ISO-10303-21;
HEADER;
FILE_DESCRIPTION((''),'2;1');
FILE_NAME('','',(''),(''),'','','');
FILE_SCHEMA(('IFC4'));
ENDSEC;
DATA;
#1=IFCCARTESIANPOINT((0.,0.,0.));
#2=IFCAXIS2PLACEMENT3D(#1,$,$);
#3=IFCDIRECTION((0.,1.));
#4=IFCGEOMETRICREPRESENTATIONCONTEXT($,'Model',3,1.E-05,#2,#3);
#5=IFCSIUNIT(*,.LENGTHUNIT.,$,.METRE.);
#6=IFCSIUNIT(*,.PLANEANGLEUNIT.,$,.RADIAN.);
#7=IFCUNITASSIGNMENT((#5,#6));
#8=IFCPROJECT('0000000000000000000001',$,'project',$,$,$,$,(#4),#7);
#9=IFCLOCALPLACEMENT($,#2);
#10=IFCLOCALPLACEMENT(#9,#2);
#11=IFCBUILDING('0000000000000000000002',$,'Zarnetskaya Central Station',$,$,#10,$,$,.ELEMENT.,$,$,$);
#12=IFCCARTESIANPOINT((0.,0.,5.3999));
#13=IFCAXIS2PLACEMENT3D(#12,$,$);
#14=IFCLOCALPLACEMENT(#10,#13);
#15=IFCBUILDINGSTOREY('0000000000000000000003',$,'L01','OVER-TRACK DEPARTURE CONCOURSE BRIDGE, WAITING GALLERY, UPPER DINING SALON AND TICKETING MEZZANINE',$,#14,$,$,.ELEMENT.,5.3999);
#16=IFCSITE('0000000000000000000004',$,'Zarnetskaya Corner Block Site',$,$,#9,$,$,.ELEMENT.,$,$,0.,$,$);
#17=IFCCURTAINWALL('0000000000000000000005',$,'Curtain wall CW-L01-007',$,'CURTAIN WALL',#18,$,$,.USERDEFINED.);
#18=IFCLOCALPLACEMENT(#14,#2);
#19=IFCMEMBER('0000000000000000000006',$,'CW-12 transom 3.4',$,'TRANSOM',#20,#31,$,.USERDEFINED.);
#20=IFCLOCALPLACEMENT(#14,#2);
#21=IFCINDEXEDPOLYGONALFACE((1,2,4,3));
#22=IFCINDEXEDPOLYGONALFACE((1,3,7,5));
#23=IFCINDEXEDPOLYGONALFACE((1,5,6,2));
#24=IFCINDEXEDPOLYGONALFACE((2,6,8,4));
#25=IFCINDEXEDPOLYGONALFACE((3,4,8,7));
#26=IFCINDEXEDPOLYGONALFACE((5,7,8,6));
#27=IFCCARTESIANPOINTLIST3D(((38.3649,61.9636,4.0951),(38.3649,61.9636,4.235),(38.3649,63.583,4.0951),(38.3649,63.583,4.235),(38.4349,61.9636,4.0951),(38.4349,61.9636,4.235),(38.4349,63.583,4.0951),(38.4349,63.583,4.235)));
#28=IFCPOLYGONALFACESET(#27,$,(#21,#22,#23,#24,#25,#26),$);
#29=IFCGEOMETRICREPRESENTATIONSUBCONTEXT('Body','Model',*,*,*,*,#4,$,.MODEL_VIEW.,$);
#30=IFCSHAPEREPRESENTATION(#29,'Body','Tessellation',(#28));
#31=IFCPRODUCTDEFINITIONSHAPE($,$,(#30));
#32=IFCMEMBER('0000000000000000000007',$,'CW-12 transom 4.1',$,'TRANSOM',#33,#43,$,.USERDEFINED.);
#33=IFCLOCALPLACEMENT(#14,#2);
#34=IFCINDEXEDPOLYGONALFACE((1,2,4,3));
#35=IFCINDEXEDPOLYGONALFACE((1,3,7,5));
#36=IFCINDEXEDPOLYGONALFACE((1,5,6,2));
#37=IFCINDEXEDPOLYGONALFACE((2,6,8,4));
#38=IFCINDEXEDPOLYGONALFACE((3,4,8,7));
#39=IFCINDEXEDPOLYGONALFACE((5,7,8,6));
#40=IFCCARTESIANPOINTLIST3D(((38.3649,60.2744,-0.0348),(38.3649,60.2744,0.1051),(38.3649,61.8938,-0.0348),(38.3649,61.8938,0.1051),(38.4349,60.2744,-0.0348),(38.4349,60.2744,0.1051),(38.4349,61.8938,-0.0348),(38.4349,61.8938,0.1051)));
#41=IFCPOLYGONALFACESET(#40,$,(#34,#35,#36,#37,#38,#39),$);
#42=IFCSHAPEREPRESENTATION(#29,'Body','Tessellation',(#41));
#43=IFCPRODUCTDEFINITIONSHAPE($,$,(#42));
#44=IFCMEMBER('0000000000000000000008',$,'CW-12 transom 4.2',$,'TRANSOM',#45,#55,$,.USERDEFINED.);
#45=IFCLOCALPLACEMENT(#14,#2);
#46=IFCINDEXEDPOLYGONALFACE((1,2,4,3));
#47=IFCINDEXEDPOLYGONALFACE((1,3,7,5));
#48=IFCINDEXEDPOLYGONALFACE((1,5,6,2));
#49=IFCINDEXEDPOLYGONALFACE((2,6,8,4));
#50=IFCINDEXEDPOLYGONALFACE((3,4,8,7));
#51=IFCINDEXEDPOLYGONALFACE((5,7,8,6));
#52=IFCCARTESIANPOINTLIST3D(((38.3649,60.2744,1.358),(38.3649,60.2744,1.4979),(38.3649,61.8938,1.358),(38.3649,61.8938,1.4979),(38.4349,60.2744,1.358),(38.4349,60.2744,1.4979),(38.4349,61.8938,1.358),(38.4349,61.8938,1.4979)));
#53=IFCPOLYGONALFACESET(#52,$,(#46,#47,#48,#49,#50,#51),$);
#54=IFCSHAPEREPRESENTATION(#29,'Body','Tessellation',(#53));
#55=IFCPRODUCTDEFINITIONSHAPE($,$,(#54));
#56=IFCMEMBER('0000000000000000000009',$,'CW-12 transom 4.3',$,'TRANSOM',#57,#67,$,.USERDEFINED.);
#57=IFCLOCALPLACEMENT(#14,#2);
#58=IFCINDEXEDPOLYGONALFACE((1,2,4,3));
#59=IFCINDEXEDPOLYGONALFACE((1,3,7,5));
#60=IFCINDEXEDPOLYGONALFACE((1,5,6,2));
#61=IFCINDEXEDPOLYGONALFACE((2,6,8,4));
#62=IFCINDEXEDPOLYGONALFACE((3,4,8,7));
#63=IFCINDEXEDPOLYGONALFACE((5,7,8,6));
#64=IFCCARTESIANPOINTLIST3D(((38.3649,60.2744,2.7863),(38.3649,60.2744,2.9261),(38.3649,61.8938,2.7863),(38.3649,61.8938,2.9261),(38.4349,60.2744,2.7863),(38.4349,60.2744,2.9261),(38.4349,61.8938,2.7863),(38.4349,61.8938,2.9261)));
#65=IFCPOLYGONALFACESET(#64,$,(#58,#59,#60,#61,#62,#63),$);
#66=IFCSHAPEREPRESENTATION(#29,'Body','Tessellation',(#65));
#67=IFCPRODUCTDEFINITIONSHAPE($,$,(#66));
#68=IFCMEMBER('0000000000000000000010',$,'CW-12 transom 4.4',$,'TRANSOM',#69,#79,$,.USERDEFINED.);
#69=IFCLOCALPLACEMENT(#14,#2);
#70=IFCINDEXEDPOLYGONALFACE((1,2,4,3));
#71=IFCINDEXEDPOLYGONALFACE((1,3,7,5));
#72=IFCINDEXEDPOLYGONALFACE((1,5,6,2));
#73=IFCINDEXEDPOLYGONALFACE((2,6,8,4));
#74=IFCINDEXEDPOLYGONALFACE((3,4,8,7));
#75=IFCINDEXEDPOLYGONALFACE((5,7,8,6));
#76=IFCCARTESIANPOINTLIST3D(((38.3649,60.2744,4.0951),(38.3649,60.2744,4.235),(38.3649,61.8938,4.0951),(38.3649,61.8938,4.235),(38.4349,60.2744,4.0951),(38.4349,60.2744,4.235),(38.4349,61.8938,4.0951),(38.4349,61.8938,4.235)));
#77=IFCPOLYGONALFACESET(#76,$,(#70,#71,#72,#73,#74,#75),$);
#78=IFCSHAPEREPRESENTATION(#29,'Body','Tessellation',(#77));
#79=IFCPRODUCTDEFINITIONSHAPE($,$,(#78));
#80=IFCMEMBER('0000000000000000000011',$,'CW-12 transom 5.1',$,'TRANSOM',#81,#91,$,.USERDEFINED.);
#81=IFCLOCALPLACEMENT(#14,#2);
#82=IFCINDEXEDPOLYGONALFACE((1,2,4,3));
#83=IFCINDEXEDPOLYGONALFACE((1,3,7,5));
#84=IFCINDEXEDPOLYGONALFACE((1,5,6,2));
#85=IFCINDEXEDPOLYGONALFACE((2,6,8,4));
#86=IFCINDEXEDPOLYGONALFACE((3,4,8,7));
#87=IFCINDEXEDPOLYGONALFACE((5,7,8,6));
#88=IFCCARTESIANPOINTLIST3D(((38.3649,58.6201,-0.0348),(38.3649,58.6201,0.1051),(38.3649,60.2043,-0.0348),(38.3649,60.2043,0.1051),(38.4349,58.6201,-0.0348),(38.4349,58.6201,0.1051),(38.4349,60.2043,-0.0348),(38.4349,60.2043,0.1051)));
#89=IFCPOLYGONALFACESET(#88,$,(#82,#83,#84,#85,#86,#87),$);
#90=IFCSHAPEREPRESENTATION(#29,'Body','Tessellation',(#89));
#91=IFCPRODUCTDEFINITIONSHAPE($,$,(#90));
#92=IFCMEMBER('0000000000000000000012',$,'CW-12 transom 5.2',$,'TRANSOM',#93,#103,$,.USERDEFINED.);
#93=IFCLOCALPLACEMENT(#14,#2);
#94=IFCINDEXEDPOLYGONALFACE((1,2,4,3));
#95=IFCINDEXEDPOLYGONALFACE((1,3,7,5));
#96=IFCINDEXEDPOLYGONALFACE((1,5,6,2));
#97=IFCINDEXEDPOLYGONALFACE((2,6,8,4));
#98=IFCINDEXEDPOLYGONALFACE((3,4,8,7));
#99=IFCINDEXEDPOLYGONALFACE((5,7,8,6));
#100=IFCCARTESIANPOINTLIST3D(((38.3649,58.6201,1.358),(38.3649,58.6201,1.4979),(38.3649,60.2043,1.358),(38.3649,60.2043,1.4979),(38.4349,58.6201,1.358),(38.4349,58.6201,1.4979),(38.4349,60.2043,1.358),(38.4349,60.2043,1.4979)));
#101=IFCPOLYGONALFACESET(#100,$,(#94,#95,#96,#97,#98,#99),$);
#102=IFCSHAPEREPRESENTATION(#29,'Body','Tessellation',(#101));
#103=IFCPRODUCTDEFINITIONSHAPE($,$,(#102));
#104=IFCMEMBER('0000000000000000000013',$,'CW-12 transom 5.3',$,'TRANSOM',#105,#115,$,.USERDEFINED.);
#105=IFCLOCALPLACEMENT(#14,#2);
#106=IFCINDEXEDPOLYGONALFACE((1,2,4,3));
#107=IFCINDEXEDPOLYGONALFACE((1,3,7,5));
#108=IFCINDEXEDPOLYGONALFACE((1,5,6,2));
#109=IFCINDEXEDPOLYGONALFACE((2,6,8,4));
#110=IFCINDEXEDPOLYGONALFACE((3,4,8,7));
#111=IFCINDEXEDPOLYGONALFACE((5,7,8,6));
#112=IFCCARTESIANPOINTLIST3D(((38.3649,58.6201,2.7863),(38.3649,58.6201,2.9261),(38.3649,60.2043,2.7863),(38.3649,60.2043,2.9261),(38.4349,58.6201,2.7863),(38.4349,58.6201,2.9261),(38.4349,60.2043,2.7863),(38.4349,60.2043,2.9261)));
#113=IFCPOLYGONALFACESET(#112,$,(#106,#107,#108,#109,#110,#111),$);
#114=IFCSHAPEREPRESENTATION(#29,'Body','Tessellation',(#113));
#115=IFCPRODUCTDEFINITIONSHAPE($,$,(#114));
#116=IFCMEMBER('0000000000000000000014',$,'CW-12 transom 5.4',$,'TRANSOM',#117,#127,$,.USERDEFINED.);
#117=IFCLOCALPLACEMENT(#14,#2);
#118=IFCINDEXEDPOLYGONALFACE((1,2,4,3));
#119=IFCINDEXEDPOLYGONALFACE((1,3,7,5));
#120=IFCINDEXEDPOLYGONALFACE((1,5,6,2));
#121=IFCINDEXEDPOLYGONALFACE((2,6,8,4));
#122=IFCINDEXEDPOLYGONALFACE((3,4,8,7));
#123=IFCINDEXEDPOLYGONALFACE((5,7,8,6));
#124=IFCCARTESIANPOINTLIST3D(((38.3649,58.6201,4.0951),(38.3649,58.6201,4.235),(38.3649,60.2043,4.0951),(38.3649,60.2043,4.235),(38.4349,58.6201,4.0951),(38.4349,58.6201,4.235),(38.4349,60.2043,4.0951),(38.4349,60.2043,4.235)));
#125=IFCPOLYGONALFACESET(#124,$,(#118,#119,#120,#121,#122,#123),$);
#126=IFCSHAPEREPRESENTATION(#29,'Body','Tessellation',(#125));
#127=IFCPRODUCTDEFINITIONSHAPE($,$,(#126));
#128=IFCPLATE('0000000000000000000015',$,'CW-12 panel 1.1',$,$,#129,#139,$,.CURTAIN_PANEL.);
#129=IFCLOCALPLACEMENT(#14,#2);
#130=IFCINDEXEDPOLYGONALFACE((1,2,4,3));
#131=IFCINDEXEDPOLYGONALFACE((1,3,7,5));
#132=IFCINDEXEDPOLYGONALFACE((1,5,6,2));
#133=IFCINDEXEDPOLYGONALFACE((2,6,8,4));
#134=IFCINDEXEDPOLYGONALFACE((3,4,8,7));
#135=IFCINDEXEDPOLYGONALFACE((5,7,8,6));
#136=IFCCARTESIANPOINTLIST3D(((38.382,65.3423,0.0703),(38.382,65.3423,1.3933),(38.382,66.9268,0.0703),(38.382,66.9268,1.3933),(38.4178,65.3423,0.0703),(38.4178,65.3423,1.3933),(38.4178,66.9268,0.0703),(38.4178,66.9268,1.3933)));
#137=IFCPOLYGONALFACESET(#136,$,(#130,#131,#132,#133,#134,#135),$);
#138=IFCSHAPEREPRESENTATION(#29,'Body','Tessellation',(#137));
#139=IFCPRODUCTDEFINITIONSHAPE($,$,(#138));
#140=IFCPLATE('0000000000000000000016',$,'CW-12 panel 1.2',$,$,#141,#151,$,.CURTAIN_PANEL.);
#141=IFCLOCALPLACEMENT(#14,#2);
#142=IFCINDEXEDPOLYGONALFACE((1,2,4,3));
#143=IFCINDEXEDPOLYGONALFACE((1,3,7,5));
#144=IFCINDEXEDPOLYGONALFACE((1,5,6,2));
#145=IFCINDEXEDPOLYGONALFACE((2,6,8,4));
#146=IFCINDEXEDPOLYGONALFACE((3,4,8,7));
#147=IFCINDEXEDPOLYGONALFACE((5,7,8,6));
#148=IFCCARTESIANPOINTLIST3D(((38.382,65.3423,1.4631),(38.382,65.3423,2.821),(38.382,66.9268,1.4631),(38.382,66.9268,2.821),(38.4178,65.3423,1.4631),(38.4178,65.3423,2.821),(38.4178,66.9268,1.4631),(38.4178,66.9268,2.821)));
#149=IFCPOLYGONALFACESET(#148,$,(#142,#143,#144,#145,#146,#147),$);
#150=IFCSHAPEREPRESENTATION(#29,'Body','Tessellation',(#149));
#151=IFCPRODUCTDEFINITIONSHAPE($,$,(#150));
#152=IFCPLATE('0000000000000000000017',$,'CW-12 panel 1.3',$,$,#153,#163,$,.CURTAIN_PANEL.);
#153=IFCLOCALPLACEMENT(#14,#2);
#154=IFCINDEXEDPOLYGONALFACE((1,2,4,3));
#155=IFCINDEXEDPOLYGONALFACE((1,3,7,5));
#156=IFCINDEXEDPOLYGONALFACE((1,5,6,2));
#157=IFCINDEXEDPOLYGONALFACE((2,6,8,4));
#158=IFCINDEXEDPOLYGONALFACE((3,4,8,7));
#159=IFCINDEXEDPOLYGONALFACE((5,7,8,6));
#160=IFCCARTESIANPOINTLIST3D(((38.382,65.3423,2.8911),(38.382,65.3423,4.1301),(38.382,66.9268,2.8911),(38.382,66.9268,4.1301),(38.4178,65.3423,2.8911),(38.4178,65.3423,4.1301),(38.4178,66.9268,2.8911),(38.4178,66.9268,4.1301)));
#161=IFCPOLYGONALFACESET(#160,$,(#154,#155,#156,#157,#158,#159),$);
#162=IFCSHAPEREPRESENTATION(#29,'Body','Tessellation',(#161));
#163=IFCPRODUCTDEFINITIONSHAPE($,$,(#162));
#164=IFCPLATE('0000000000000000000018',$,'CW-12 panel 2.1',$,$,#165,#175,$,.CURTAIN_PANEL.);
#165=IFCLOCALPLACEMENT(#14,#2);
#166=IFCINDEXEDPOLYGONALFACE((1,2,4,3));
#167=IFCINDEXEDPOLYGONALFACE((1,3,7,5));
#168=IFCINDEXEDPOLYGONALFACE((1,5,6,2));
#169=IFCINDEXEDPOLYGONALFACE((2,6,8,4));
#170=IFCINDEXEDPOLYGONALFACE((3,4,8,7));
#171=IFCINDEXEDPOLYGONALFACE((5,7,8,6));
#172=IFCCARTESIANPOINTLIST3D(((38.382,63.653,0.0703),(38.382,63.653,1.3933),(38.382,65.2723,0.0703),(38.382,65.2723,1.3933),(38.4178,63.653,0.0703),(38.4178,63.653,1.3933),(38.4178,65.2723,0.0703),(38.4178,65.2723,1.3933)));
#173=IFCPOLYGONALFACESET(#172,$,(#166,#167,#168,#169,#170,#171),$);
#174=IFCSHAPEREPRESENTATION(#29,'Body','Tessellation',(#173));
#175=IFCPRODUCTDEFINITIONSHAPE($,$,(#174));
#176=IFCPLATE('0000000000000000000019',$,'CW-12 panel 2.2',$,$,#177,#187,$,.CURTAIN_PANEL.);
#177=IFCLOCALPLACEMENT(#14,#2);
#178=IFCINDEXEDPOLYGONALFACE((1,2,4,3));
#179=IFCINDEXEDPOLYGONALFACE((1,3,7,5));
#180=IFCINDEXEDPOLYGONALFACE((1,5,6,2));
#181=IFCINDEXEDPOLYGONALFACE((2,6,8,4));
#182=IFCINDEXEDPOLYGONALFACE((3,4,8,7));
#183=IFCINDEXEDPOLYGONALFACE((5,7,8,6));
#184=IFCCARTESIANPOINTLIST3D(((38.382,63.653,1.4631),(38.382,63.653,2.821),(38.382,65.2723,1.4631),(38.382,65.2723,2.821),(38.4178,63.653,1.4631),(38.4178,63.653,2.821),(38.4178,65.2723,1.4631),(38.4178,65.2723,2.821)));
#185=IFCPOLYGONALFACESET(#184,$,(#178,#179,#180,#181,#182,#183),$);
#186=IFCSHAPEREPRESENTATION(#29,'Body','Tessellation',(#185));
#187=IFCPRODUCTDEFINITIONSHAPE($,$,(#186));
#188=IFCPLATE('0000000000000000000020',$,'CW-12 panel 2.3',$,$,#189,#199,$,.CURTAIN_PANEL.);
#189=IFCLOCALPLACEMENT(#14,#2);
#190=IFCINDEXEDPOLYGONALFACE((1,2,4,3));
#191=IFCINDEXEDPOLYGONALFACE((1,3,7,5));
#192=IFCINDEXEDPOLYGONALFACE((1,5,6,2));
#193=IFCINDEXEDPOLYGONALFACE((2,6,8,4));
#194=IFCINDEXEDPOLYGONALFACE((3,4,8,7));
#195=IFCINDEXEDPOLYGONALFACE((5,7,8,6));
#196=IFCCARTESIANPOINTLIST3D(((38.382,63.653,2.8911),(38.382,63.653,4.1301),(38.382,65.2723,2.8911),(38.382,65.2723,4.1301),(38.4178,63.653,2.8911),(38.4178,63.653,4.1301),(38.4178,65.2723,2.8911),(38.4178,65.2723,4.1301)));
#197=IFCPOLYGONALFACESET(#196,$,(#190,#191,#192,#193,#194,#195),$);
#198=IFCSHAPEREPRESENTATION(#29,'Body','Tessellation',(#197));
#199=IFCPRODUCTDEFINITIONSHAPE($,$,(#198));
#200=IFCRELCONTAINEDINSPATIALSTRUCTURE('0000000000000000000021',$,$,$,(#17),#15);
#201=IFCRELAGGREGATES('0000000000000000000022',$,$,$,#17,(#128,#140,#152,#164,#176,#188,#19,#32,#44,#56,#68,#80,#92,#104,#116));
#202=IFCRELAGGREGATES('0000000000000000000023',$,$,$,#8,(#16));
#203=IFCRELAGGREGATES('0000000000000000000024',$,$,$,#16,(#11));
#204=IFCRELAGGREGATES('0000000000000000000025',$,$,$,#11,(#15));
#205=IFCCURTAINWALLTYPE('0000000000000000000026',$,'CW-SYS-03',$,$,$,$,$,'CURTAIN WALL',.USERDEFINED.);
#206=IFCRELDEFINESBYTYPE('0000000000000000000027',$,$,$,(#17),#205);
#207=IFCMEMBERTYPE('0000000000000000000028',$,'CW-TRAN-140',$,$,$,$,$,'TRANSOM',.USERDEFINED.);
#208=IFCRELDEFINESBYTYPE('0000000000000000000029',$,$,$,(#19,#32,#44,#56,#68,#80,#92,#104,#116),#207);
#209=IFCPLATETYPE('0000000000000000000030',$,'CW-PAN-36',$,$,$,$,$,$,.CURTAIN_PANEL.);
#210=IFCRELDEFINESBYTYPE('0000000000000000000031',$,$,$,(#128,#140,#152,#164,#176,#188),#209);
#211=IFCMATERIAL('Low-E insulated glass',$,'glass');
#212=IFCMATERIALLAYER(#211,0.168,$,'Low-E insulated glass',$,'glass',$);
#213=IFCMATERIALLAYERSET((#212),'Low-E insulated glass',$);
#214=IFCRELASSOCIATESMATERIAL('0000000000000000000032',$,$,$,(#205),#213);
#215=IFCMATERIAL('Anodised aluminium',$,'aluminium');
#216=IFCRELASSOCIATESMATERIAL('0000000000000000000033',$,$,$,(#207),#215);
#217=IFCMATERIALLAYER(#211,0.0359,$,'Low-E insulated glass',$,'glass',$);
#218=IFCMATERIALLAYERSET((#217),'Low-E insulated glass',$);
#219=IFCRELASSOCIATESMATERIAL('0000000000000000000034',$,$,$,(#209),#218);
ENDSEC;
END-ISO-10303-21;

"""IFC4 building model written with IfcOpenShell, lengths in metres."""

from ifc_helpers import new_model, si_unit, direction, frame, origin, origin_2d, place, context, subcontext, project, spatial, rectangle, extrude, material, layer, layer_set, material_profile, profile_set, type_object, element, aggregate, save


model = new_model("IFC4")

# Units and contexts
model_context = context("Model", 3, precision=1e-05, world=origin(), true_north=direction((0.0, 1.0)))
body_context = subcontext(model_context, "Body", "Model", "MODEL_VIEW")
ifc_project = project(units=[si_unit("LENGTHUNIT", "METRE"), si_unit("PLANEANGLEUNIT", "RADIAN")], contexts=[model_context])

# Site, building, storey
site_placement = place(None, origin())
site = spatial("IfcSite", under=ifc_project, at=site_placement, Name="Zarnetskaya Corner Block Site", CompositionType="ELEMENT", RefElevation=0.0)
building_placement = place(site_placement, origin())
building = spatial("IfcBuilding", under=site, at=building_placement, Name="Zarnetskaya Central Station", CompositionType="ELEMENT")
storey_placement = place(building_placement, frame((0.0, 0.0, 5.3999)))
storey = spatial("IfcBuildingStorey", under=building, at=storey_placement, Name="L01", Description="OVER-TRACK DEPARTURE CONCOURSE BRIDGE, WAITING GALLERY, UPPER DINING SALON AND TICKETING MEZZANINE", CompositionType="ELEMENT", Elevation=5.3999)

# Curtain wall, members, plates
ifc_material_1 = material(Name="Low-E insulated glass", Category="glass")
ifc_layer_1 = layer(ifc_material_1, 0.168, Name="Low-E insulated glass", Category="glass")
ifc_layer_set_1 = layer_set([ifc_layer_1], Name="Low-E insulated glass")
curtain_wall_type = type_object("IfcCurtainWallType", Name="CW-SYS-03", ElementType="CURTAIN WALL", PredefinedType="USERDEFINED", material=ifc_layer_set_1)
curtain_wall_placement = place(storey_placement, origin())
curtain_wall = element("IfcCurtainWall", 1, at=curtain_wall_placement, inside=storey, type_object=curtain_wall_type, Name="Curtain wall CW-L01-007", ObjectType="CURTAIN WALL", PredefinedType="USERDEFINED")
ifc_material_2 = material(Name="Anodised aluminium", Category="aluminium")
ifc_material_profile_1 = material_profile(ifc_material_2, rectangle(XDim=0.0701, YDim=0.1399, at=origin_2d()), Name="ALU TRAN 70x140")
ifc_profile_set_1 = profile_set([ifc_material_profile_1], Name="Anodised aluminium")
member_type_1 = type_object("IfcMemberType", Name="CW-TRAN-140", ElementType="TRANSOM", PredefinedType="USERDEFINED", material=ifc_profile_set_1)
member_1_placement = place(storey_placement, frame((38.3999, 63.583, 4.165), z_axis=(0.0, -1.0, 0.0), x_axis=(1.0, 0.0, 0.0)))
member_1 = element("IfcMember", 2, at=member_1_placement, type_object=member_type_1, Name="CW-12 transom 3.4", ObjectType="TRANSOM", PredefinedType="USERDEFINED", context=body_context, shape_type="SweptSolid", body=[
    extrude(rectangle(XDim=0.0701, YDim=0.1399, at=origin_2d()), origin(), (0.0, 0.0, 1.0), 1.6194),
])
member_2_placement = place(storey_placement, frame((38.3999, 61.8938, 0.0352), z_axis=(0.0, -1.0, 0.0), x_axis=(1.0, 0.0, 0.0)))
member_2 = element("IfcMember", 3, at=member_2_placement, type_object=member_type_1, Name="CW-12 transom 4.1", ObjectType="TRANSOM", PredefinedType="USERDEFINED", context=body_context, shape_type="SweptSolid", body=[
    extrude(rectangle(XDim=0.0701, YDim=0.1399, at=origin_2d()), origin(), (0.0, 0.0, 1.0), 1.6194),
])
member_3_placement = place(storey_placement, frame((38.3999, 61.8938, 1.428), z_axis=(0.0, -1.0, 0.0), x_axis=(1.0, 0.0, 0.0)))
member_3 = element("IfcMember", 4, at=member_3_placement, type_object=member_type_1, Name="CW-12 transom 4.2", ObjectType="TRANSOM", PredefinedType="USERDEFINED", context=body_context, shape_type="SweptSolid", body=[
    extrude(rectangle(XDim=0.0701, YDim=0.1399, at=origin_2d()), origin(), (0.0, 0.0, 1.0), 1.6194),
])
member_4_placement = place(storey_placement, frame((38.3999, 61.8938, 2.8562), z_axis=(0.0, -1.0, 0.0), x_axis=(1.0, 0.0, 0.0)))
member_4 = element("IfcMember", 5, at=member_4_placement, type_object=member_type_1, Name="CW-12 transom 4.3", ObjectType="TRANSOM", PredefinedType="USERDEFINED", context=body_context, shape_type="SweptSolid", body=[
    extrude(rectangle(XDim=0.0701, YDim=0.1399, at=origin_2d()), origin(), (0.0, 0.0, 1.0), 1.6194),
])
member_5_placement = place(storey_placement, frame((38.3999, 61.8938, 4.165), z_axis=(0.0, -1.0, 0.0), x_axis=(1.0, 0.0, 0.0)))
member_5 = element("IfcMember", 6, at=member_5_placement, type_object=member_type_1, Name="CW-12 transom 4.4", ObjectType="TRANSOM", PredefinedType="USERDEFINED", context=body_context, shape_type="SweptSolid", body=[
    extrude(rectangle(XDim=0.0701, YDim=0.1399, at=origin_2d()), origin(), (0.0, 0.0, 1.0), 1.6194),
])
member_6_placement = place(storey_placement, frame((38.3999, 60.2043, 0.0352), z_axis=(0.0, -1.0, 0.0), x_axis=(1.0, 0.0, 0.0)))
member_6 = element("IfcMember", 7, at=member_6_placement, type_object=member_type_1, Name="CW-12 transom 5.1", ObjectType="TRANSOM", PredefinedType="USERDEFINED", context=body_context, shape_type="SweptSolid", body=[
    extrude(rectangle(XDim=0.0701, YDim=0.1399, at=origin_2d()), origin(), (0.0, 0.0, 1.0), 1.5842),
])
member_7_placement = place(storey_placement, frame((38.3999, 60.2043, 1.428), z_axis=(0.0, -1.0, 0.0), x_axis=(1.0, 0.0, 0.0)))
member_7 = element("IfcMember", 8, at=member_7_placement, type_object=member_type_1, Name="CW-12 transom 5.2", ObjectType="TRANSOM", PredefinedType="USERDEFINED", context=body_context, shape_type="SweptSolid", body=[
    extrude(rectangle(XDim=0.0701, YDim=0.1399, at=origin_2d()), origin(), (0.0, 0.0, 1.0), 1.5842),
])
member_8_placement = place(storey_placement, frame((38.3999, 60.2043, 2.8562), z_axis=(0.0, -1.0, 0.0), x_axis=(1.0, 0.0, 0.0)))
member_8 = element("IfcMember", 9, at=member_8_placement, type_object=member_type_1, Name="CW-12 transom 5.3", ObjectType="TRANSOM", PredefinedType="USERDEFINED", context=body_context, shape_type="SweptSolid", body=[
    extrude(rectangle(XDim=0.0701, YDim=0.1399, at=origin_2d()), origin(), (0.0, 0.0, 1.0), 1.5842),
])
member_9_placement = place(storey_placement, frame((38.3999, 60.2043, 4.165), z_axis=(0.0, -1.0, 0.0), x_axis=(1.0, 0.0, 0.0)))
member_9 = element("IfcMember", 10, at=member_9_placement, type_object=member_type_1, Name="CW-12 transom 5.4", ObjectType="TRANSOM", PredefinedType="USERDEFINED", context=body_context, shape_type="SweptSolid", body=[
    extrude(rectangle(XDim=0.0701, YDim=0.1399, at=origin_2d()), origin(), (0.0, 0.0, 1.0), 1.5842),
])
ifc_layer_2 = layer(ifc_material_1, 0.0359, Name="Low-E insulated glass", Category="glass")
ifc_layer_set_2 = layer_set([ifc_layer_2], Name="Low-E insulated glass")
plate_type = type_object("IfcPlateType", Name="CW-PAN-36", PredefinedType="CURTAIN_PANEL", material=ifc_layer_set_2)
plate_1_placement = place(storey_placement, frame((38.3999, 66.1345, 0.0703), z_axis=(0.0, 0.0, 1.0), x_axis=(0.0, -1.0, 0.0)))
plate_1 = element("IfcPlate", 11, at=plate_1_placement, type_object=plate_type, Name="CW-12 panel 1.1", PredefinedType="CURTAIN_PANEL", context=body_context, shape_type="SweptSolid", body=[
    extrude(rectangle(XDim=1.5845, YDim=0.0359, at=origin_2d()), origin(), (0.0, 0.0, 1.0), 1.323),
])
plate_2_placement = place(storey_placement, frame((38.3999, 66.1345, 1.4631), z_axis=(0.0, 0.0, 1.0), x_axis=(0.0, -1.0, 0.0)))
plate_2 = element("IfcPlate", 12, at=plate_2_placement, type_object=plate_type, Name="CW-12 panel 1.2", PredefinedType="CURTAIN_PANEL", context=body_context, shape_type="SweptSolid", body=[
    extrude(rectangle(XDim=1.5845, YDim=0.0359, at=origin_2d()), origin(), (0.0, 0.0, 1.0), 1.3579),
])
plate_3_placement = place(storey_placement, frame((38.3999, 66.1345, 2.8911), z_axis=(0.0, 0.0, 1.0), x_axis=(0.0, -1.0, 0.0)))
plate_3 = element("IfcPlate", 13, at=plate_3_placement, type_object=plate_type, Name="CW-12 panel 1.3", PredefinedType="CURTAIN_PANEL", context=body_context, shape_type="SweptSolid", body=[
    extrude(rectangle(XDim=1.5845, YDim=0.0359, at=origin_2d()), origin(), (0.0, 0.0, 1.0), 1.239),
])
plate_4_placement = place(storey_placement, frame((38.3999, 64.4626, 0.0703), z_axis=(0.0, 0.0, 1.0), x_axis=(0.0, -1.0, 0.0)))
plate_4 = element("IfcPlate", 14, at=plate_4_placement, type_object=plate_type, Name="CW-12 panel 2.1", PredefinedType="CURTAIN_PANEL", context=body_context, shape_type="SweptSolid", body=[
    extrude(rectangle(XDim=1.6194, YDim=0.0359, at=origin_2d()), origin(), (0.0, 0.0, 1.0), 1.323),
])
plate_5_placement = place(storey_placement, frame((38.3999, 64.4626, 1.4631), z_axis=(0.0, 0.0, 1.0), x_axis=(0.0, -1.0, 0.0)))
plate_5 = element("IfcPlate", 15, at=plate_5_placement, type_object=plate_type, Name="CW-12 panel 2.2", PredefinedType="CURTAIN_PANEL", context=body_context, shape_type="SweptSolid", body=[
    extrude(rectangle(XDim=1.6194, YDim=0.0359, at=origin_2d()), origin(), (0.0, 0.0, 1.0), 1.3579),
])
plate_6_placement = place(storey_placement, frame((38.3999, 64.4626, 2.8911), z_axis=(0.0, 0.0, 1.0), x_axis=(0.0, -1.0, 0.0)))
plate_6 = element("IfcPlate", 16, at=plate_6_placement, type_object=plate_type, Name="CW-12 panel 2.3", PredefinedType="CURTAIN_PANEL", context=body_context, shape_type="SweptSolid", body=[
    extrude(rectangle(XDim=1.6194, YDim=0.0359, at=origin_2d()), origin(), (0.0, 0.0, 1.0), 1.239),
])
aggregate(curtain_wall, [plate_1, plate_2, plate_3, plate_4, plate_5, plate_6, member_1, member_2, member_3, member_4, member_5, member_6, member_7, member_8, member_9])

save(model, "model.ifc")
